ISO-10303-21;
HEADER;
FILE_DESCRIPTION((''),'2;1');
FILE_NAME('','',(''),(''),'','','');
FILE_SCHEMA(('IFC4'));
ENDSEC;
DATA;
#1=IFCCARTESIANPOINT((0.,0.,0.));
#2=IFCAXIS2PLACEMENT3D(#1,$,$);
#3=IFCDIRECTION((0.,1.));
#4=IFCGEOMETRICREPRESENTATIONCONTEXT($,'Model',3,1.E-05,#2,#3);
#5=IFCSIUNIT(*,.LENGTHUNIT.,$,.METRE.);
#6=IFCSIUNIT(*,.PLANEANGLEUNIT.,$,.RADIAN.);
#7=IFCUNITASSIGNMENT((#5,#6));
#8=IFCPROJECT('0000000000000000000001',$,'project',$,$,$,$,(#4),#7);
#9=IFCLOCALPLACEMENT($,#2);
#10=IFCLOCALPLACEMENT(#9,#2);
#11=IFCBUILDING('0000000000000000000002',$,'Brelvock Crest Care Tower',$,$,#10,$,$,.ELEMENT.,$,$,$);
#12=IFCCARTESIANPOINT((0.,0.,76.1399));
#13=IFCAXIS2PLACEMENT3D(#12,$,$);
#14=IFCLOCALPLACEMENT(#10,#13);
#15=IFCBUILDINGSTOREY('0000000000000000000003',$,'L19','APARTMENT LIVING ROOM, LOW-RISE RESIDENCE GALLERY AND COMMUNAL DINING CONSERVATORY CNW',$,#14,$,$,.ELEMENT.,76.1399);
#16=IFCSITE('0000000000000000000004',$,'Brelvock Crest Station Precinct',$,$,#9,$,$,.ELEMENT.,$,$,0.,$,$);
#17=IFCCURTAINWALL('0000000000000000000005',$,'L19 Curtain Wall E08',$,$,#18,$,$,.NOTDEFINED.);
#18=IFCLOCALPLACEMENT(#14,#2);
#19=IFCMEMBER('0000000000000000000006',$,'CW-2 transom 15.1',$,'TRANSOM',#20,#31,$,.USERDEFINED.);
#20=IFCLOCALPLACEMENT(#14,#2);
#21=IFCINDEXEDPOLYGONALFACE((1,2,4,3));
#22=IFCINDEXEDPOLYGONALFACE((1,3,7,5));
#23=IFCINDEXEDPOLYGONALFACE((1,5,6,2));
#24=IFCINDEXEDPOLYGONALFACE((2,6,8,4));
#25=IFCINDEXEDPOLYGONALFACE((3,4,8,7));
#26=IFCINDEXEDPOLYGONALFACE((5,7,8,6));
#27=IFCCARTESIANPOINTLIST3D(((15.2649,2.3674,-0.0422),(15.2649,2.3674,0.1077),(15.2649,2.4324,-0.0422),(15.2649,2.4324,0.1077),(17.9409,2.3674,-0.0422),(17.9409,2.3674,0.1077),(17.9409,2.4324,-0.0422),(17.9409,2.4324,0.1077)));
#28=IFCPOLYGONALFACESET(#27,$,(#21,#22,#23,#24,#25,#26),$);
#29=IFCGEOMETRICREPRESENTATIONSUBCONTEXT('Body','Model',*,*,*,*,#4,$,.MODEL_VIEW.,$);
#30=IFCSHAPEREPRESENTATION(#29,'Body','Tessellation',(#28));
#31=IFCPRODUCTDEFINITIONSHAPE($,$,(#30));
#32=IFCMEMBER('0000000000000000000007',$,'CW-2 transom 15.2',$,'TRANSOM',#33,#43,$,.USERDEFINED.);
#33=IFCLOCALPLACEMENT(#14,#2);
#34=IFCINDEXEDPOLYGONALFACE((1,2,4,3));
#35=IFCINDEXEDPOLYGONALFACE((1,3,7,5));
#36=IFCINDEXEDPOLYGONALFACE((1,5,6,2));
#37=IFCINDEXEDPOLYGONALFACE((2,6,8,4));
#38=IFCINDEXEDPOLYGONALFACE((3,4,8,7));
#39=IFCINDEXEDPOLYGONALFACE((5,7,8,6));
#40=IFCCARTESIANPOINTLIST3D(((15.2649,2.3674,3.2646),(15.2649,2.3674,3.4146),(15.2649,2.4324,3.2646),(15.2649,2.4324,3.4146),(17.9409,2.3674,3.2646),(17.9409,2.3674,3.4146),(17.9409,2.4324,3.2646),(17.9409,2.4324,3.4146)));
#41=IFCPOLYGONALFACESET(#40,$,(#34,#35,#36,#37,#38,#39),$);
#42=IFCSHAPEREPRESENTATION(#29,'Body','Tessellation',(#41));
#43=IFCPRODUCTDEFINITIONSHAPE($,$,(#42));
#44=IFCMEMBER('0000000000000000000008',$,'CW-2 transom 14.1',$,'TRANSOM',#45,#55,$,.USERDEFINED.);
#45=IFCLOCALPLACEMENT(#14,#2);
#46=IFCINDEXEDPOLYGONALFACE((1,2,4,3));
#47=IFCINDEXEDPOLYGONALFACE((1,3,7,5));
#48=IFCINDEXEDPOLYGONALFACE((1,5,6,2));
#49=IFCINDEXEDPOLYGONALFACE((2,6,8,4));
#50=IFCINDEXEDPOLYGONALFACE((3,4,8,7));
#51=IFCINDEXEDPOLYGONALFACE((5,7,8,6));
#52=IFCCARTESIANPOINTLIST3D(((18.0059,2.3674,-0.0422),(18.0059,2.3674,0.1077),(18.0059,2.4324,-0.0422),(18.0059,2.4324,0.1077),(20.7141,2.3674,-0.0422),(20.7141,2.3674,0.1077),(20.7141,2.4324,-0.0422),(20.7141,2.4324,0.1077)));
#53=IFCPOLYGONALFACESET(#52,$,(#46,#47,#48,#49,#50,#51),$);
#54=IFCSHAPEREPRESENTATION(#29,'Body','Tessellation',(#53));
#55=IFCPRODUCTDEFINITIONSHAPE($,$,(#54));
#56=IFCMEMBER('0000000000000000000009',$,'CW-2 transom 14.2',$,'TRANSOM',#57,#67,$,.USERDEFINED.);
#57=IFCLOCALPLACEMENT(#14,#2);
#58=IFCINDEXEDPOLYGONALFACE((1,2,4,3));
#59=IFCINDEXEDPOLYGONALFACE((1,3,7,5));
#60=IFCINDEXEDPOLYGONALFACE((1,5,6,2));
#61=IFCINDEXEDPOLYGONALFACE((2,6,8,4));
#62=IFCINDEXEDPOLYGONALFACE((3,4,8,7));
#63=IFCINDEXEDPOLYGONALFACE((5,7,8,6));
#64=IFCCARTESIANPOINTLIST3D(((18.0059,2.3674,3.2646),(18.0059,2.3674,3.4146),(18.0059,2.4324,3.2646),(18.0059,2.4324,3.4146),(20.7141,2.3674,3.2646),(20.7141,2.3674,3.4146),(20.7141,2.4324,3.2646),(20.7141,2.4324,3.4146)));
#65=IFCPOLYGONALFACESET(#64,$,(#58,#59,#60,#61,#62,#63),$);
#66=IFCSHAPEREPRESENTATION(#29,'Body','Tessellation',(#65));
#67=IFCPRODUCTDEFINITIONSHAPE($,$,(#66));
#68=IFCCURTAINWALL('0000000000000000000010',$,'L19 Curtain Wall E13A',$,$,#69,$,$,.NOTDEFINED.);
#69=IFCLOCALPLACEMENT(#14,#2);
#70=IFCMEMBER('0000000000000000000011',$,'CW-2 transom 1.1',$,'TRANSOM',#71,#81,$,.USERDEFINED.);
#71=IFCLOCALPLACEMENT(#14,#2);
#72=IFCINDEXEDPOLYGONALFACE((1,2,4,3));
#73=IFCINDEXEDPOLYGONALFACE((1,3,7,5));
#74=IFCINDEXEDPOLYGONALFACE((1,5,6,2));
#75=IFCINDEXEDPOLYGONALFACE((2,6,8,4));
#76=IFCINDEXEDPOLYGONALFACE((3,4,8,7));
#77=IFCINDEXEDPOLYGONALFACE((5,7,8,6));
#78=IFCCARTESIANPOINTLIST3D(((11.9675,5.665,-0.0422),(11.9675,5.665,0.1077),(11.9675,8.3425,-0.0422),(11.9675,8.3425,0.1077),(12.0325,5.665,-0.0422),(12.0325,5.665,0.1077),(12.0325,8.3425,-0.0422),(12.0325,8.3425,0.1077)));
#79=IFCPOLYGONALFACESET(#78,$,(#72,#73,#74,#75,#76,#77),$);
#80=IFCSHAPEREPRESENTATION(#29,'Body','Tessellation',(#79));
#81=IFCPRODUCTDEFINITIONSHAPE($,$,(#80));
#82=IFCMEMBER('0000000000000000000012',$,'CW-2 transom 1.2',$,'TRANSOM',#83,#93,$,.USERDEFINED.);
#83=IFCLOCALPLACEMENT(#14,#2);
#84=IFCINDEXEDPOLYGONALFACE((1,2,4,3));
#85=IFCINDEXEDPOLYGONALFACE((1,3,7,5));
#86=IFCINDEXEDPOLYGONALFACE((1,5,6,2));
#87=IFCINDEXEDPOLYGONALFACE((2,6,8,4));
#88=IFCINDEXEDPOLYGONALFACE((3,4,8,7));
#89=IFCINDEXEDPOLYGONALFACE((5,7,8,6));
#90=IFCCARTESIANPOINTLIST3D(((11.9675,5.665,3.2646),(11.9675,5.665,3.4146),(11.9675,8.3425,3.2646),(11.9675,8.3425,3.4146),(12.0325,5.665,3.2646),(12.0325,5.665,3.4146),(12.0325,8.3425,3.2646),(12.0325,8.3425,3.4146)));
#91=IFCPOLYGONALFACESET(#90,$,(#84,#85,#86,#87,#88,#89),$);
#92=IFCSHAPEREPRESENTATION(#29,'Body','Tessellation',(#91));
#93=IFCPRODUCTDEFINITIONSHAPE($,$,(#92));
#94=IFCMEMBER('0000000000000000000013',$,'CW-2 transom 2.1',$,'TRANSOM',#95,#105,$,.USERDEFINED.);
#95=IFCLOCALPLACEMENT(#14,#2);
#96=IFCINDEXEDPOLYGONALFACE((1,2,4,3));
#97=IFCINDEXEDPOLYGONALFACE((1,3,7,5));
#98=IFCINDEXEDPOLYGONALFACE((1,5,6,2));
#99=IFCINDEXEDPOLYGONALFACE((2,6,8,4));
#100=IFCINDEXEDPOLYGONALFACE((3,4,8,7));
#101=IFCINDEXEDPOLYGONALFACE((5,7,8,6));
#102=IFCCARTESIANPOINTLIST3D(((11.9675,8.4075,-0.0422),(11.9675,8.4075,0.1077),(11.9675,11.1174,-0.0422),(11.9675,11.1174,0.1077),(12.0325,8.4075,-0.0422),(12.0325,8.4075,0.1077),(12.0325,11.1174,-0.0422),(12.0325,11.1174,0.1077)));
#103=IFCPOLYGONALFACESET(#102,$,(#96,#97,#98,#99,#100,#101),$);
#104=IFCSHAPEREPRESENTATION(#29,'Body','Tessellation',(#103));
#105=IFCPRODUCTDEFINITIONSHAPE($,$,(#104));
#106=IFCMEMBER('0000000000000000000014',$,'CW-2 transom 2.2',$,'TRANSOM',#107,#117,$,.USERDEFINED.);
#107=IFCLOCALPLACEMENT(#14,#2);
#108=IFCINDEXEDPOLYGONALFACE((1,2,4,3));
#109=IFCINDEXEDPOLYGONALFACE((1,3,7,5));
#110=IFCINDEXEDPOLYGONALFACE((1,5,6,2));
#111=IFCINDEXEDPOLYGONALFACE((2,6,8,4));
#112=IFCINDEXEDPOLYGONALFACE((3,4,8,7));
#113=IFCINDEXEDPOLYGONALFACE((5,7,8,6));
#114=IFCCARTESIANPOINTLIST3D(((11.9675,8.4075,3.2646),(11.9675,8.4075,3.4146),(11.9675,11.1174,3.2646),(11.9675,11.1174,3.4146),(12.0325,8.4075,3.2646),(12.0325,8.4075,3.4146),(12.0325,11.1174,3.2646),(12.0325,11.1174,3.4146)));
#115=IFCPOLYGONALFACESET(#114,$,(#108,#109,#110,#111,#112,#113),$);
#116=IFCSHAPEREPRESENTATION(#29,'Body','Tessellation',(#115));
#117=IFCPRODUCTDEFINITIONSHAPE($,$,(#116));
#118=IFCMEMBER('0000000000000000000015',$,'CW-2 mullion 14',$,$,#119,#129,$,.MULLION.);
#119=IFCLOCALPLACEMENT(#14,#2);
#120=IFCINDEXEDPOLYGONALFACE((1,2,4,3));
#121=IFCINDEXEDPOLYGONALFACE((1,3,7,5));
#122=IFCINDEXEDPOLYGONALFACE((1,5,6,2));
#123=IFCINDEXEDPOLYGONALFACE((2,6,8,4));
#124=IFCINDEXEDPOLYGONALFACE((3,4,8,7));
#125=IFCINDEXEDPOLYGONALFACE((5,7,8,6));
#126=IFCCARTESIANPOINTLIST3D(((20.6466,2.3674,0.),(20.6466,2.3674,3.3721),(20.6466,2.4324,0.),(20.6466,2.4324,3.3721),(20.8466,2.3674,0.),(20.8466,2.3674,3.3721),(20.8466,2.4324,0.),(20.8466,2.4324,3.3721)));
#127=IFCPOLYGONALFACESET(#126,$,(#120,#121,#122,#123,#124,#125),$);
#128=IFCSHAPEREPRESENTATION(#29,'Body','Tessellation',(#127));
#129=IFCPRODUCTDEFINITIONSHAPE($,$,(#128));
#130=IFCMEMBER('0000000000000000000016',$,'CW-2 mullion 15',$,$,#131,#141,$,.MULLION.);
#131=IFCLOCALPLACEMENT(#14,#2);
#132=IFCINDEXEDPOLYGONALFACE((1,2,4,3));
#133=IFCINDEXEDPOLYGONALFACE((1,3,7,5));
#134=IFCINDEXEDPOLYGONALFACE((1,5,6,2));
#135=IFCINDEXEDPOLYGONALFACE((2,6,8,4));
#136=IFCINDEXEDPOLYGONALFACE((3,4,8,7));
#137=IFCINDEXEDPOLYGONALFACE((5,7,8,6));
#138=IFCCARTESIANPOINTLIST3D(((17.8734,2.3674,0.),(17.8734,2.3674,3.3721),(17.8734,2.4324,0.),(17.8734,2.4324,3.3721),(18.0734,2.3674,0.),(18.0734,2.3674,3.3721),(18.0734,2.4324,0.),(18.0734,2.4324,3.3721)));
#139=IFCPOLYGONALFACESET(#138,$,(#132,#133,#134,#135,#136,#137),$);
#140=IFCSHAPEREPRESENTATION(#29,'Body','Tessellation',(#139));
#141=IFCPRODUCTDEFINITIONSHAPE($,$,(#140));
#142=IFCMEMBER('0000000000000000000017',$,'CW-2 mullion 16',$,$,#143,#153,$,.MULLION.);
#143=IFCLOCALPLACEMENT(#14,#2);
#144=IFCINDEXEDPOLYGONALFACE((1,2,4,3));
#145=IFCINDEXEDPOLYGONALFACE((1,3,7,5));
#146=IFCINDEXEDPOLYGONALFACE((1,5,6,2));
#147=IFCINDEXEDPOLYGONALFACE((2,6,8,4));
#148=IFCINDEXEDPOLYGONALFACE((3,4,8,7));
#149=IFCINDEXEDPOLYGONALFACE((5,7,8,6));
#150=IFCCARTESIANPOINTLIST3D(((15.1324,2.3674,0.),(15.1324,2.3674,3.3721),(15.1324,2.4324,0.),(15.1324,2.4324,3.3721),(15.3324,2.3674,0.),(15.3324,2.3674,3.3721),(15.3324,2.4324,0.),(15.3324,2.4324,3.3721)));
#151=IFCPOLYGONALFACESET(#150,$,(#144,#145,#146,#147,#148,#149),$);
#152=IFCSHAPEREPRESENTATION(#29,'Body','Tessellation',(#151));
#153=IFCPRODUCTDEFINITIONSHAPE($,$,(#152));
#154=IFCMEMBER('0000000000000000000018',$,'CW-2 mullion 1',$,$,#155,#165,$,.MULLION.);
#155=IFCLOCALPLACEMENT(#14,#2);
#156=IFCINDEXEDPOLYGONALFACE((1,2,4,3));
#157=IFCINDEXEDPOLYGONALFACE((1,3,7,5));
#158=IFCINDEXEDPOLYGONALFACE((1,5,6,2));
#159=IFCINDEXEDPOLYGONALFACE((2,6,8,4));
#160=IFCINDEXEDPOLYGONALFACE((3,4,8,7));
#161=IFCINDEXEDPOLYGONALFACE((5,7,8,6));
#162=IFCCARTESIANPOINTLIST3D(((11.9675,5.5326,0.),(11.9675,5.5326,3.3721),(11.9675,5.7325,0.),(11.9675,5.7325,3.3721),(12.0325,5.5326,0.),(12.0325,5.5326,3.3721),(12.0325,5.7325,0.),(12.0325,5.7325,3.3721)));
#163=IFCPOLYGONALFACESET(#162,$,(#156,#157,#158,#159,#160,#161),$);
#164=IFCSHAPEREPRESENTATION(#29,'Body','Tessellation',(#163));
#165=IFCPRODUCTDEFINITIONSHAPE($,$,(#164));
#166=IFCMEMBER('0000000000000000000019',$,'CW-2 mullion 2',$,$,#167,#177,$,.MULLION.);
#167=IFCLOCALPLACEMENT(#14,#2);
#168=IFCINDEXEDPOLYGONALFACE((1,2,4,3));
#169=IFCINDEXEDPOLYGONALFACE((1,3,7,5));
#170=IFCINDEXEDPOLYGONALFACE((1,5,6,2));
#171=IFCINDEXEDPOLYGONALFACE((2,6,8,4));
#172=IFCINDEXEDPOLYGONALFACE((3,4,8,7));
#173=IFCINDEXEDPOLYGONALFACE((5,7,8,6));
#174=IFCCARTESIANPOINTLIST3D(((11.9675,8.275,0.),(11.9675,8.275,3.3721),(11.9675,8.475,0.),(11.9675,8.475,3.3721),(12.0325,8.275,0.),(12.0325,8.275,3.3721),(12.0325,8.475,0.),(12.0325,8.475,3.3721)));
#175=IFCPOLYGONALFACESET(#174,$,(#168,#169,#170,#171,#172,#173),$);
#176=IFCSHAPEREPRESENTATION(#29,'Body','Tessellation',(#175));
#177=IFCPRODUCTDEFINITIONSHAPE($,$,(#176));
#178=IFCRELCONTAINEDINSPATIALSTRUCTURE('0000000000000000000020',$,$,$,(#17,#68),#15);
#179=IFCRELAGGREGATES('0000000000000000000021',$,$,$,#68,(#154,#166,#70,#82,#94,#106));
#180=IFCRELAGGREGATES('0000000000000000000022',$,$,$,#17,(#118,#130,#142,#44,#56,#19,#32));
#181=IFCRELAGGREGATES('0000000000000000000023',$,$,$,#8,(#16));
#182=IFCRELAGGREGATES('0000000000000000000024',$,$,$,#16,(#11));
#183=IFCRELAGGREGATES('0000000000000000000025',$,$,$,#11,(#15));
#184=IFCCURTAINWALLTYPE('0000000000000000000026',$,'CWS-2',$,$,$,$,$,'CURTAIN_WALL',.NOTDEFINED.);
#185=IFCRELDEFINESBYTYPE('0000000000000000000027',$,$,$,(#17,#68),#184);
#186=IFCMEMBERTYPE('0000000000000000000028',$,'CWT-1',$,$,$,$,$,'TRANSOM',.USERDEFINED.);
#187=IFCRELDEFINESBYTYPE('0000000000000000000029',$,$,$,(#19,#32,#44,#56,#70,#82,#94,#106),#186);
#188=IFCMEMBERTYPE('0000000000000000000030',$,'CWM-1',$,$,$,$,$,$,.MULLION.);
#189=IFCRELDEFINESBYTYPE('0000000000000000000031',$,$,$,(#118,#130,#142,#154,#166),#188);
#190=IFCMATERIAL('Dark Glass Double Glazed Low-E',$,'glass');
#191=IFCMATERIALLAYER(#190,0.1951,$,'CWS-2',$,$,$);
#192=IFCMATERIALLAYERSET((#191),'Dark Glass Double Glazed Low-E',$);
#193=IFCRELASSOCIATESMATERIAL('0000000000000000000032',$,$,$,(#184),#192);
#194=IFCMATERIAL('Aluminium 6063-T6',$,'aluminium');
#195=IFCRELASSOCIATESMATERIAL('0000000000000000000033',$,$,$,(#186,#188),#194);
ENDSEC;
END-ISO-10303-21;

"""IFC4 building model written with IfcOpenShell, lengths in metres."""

from ifc_helpers import new_model, si_unit, direction, frame, origin, origin_2d, place, context, subcontext, project, spatial, rectangle, extrude, source, transform, mapped, material, layer, layer_set, material_profile, profile_set, type_object, element, aggregate, save


model = new_model("IFC4")

# Units and contexts
model_context = context("Model", 3, precision=1e-05, world=origin(), true_north=direction((0.0, 1.0)))
body_context = subcontext(model_context, "Body", "Model", "MODEL_VIEW")
ifc_project = project(units=[si_unit("LENGTHUNIT", "METRE"), si_unit("PLANEANGLEUNIT", "RADIAN")], contexts=[model_context])

# Site, building, storey
site_placement = place(None, origin())
site = spatial("IfcSite", under=ifc_project, at=site_placement, Name="Brelvock Crest Station Precinct", CompositionType="ELEMENT", RefElevation=0.0)
building_placement = place(site_placement, origin())
building = spatial("IfcBuilding", under=site, at=building_placement, Name="Brelvock Crest Care Tower", CompositionType="ELEMENT")
storey_placement = place(building_placement, frame((0.0, 0.0, 76.1399)))
storey = spatial("IfcBuildingStorey", under=building, at=storey_placement, Name="L19", Description="APARTMENT LIVING ROOM, LOW-RISE RESIDENCE GALLERY AND COMMUNAL DINING CONSERVATORY CNW", CompositionType="ELEMENT", Elevation=76.1399)

# Curtain walls, members
ifc_material_1 = material(Name="Dark Glass Double Glazed Low-E", Category="glass")
ifc_layer_1 = layer(ifc_material_1, 0.1951, Name="CWS-2")
ifc_layer_set_1 = layer_set([ifc_layer_1], Name="Dark Glass Double Glazed Low-E")
curtain_wall_type = type_object("IfcCurtainWallType", Name="CWS-2", ElementType="CURTAIN_WALL", PredefinedType="NOTDEFINED", material=ifc_layer_set_1)
curtain_wall_1_placement = place(storey_placement, origin())
curtain_wall_1 = element("IfcCurtainWall", 1, at=curtain_wall_1_placement, inside=storey, type_object=curtain_wall_type, Name="L19 Curtain Wall E08", PredefinedType="NOTDEFINED")
ifc_material_2 = material(Name="Aluminium 6063-T6", Category="aluminium")
ifc_material_profile_1 = material_profile(ifc_material_2, rectangle(XDim=0.0649, YDim=0.1499, at=origin_2d()), Name="ALU65x150")
ifc_profile_set_1 = profile_set([ifc_material_profile_1], Name="Aluminium 6063-T6")
member_type_1 = type_object("IfcMemberType", Name="CWT-1", ElementType="TRANSOM", PredefinedType="USERDEFINED", material=ifc_profile_set_1)
shared_shape_1 = source(origin(), body_context, "Body", "SweptSolid", [
    extrude(rectangle(XDim=0.0649, YDim=0.1499, at=origin_2d()), origin(), (0.0, 0.0, 1.0), 2.676),
])
member_1_placement = place(storey_placement, frame((17.9409, 2.3999, 0.0327), z_axis=(-1.0, 0.0, 0.0), x_axis=(0.0, -1.0, 0.0)))
member_1 = element("IfcMember", 2, at=member_1_placement, type_object=member_type_1, Name="CW-2 transom 15.1", ObjectType="TRANSOM", PredefinedType="USERDEFINED", context=body_context, shape_type="MappedRepresentation", body=[
    mapped(shared_shape_1, transform((0.0, 0.0, 0.0), x_axis=(1.0, 0.0, 0.0), y_axis=(0.0, 1.0, 0.0), z_axis=(0.0, 0.0, 1.0), scale=1.0)),
])
member_2_placement = place(storey_placement, frame((17.9409, 2.3999, 3.3396), z_axis=(-1.0, 0.0, 0.0), x_axis=(0.0, -1.0, 0.0)))
member_2 = element("IfcMember", 3, at=member_2_placement, type_object=member_type_1, Name="CW-2 transom 15.2", ObjectType="TRANSOM", PredefinedType="USERDEFINED", context=body_context, shape_type="MappedRepresentation", body=[
    mapped(shared_shape_1, transform((0.0, 0.0, 0.0), x_axis=(1.0, 0.0, 0.0), y_axis=(0.0, 1.0, 0.0), z_axis=(0.0, 0.0, 1.0), scale=1.0)),
])
shared_shape_2 = source(origin(), body_context, "Body", "SweptSolid", [
    extrude(rectangle(XDim=0.0649, YDim=0.1499, at=origin_2d()), origin(), (0.0, 0.0, 1.0), 2.7083),
])
member_3_placement = place(storey_placement, frame((20.7141, 2.3999, 0.0327), z_axis=(-1.0, 0.0, 0.0), x_axis=(0.0, -1.0, 0.0)))
member_3 = element("IfcMember", 4, at=member_3_placement, type_object=member_type_1, Name="CW-2 transom 14.1", ObjectType="TRANSOM", PredefinedType="USERDEFINED", context=body_context, shape_type="MappedRepresentation", body=[
    mapped(shared_shape_2, transform((0.0, 0.0, 0.0), x_axis=(1.0, 0.0, 0.0), y_axis=(0.0, 1.0, 0.0), z_axis=(0.0, 0.0, 1.0), scale=1.0)),
])
member_4_placement = place(storey_placement, frame((20.7141, 2.3999, 3.3396), z_axis=(-1.0, 0.0, 0.0), x_axis=(0.0, -1.0, 0.0)))
member_4 = element("IfcMember", 5, at=member_4_placement, type_object=member_type_1, Name="CW-2 transom 14.2", ObjectType="TRANSOM", PredefinedType="USERDEFINED", context=body_context, shape_type="MappedRepresentation", body=[
    mapped(shared_shape_2, transform((0.0, 0.0, 0.0), x_axis=(1.0, 0.0, 0.0), y_axis=(0.0, 1.0, 0.0), z_axis=(0.0, 0.0, 1.0), scale=1.0)),
])
curtain_wall_2_placement = place(storey_placement, origin())
curtain_wall_2 = element("IfcCurtainWall", 6, at=curtain_wall_2_placement, inside=storey, type_object=curtain_wall_type, Name="L19 Curtain Wall E13A", PredefinedType="NOTDEFINED")
shared_shape_3 = source(origin(), body_context, "Body", "SweptSolid", [
    extrude(rectangle(XDim=0.0649, YDim=0.1499, at=origin_2d()), origin(), (0.0, 0.0, 1.0), 2.6775),
])
member_5_placement = place(storey_placement, frame((12.0, 5.665, 0.0327), z_axis=(0.0, 1.0, 0.0), x_axis=(-1.0, 0.0, 0.0)))
member_5 = element("IfcMember", 7, at=member_5_placement, type_object=member_type_1, Name="CW-2 transom 1.1", ObjectType="TRANSOM", PredefinedType="USERDEFINED", context=body_context, shape_type="MappedRepresentation", body=[
    mapped(shared_shape_3, transform((0.0, 0.0, 0.0), x_axis=(1.0, 0.0, 0.0), y_axis=(0.0, 1.0, 0.0), z_axis=(0.0, 0.0, 1.0), scale=1.0)),
])
member_6_placement = place(storey_placement, frame((12.0, 5.665, 3.3396), z_axis=(0.0, 1.0, 0.0), x_axis=(-1.0, 0.0, 0.0)))
member_6 = element("IfcMember", 8, at=member_6_placement, type_object=member_type_1, Name="CW-2 transom 1.2", ObjectType="TRANSOM", PredefinedType="USERDEFINED", context=body_context, shape_type="MappedRepresentation", body=[
    mapped(shared_shape_3, transform((0.0, 0.0, 0.0), x_axis=(1.0, 0.0, 0.0), y_axis=(0.0, 1.0, 0.0), z_axis=(0.0, 0.0, 1.0), scale=1.0)),
])
shared_shape_4 = source(origin(), body_context, "Body", "SweptSolid", [
    extrude(rectangle(XDim=0.0649, YDim=0.1499, at=origin_2d()), origin(), (0.0, 0.0, 1.0), 2.71),
])
member_7_placement = place(storey_placement, frame((12.0, 8.4075, 0.0327), z_axis=(0.0, 1.0, 0.0), x_axis=(-1.0, 0.0, 0.0)))
member_7 = element("IfcMember", 9, at=member_7_placement, type_object=member_type_1, Name="CW-2 transom 2.1", ObjectType="TRANSOM", PredefinedType="USERDEFINED", context=body_context, shape_type="MappedRepresentation", body=[
    mapped(shared_shape_4, transform((0.0, 0.0, 0.0), x_axis=(1.0, 0.0, 0.0), y_axis=(0.0, 1.0, 0.0), z_axis=(0.0, 0.0, 1.0), scale=1.0)),
])
member_8_placement = place(storey_placement, frame((12.0, 8.4075, 3.3396), z_axis=(0.0, 1.0, 0.0), x_axis=(-1.0, 0.0, 0.0)))
member_8 = element("IfcMember", 10, at=member_8_placement, type_object=member_type_1, Name="CW-2 transom 2.2", ObjectType="TRANSOM", PredefinedType="USERDEFINED", context=body_context, shape_type="MappedRepresentation", body=[
    mapped(shared_shape_4, transform((0.0, 0.0, 0.0), x_axis=(1.0, 0.0, 0.0), y_axis=(0.0, 1.0, 0.0), z_axis=(0.0, 0.0, 1.0), scale=1.0)),
])

# Members
ifc_material_profile_2 = material_profile(ifc_material_2, rectangle(XDim=0.0649, YDim=0.2, at=origin_2d()), Name="ALU65x200")
ifc_profile_set_2 = profile_set([ifc_material_profile_2], Name="Aluminium 6063-T6")
member_type_2 = type_object("IfcMemberType", Name="CWM-1", PredefinedType="MULLION", material=ifc_profile_set_2)
shared_shape_5 = source(origin(), body_context, "Body", "SweptSolid", [
    extrude(rectangle(XDim=0.0649, YDim=0.2, at=origin_2d()), origin(), (0.0, 0.0, 1.0), 3.3721),
])
member_9_placement = place(storey_placement, frame((20.7466, 2.3999, 0.0), z_axis=(0.0, 0.0, 1.0), x_axis=(0.0, -1.0, 0.0)))
member_9 = element("IfcMember", 11, at=member_9_placement, type_object=member_type_2, Name="CW-2 mullion 14", PredefinedType="MULLION", context=body_context, shape_type="MappedRepresentation", body=[
    mapped(shared_shape_5, transform((0.0, 0.0, 0.0), x_axis=(1.0, 0.0, 0.0), y_axis=(0.0, 1.0, 0.0), z_axis=(0.0, 0.0, 1.0), scale=1.0)),
])
member_10_placement = place(storey_placement, frame((17.9734, 2.3999, 0.0), z_axis=(0.0, 0.0, 1.0), x_axis=(0.0, -1.0, 0.0)))
member_10 = element("IfcMember", 12, at=member_10_placement, type_object=member_type_2, Name="CW-2 mullion 15", PredefinedType="MULLION", context=body_context, shape_type="MappedRepresentation", body=[
    mapped(shared_shape_5, transform((0.0, 0.0, 0.0), x_axis=(1.0, 0.0, 0.0), y_axis=(0.0, 1.0, 0.0), z_axis=(0.0, 0.0, 1.0), scale=1.0)),
])
member_11_placement = place(storey_placement, frame((15.2324, 2.3999, 0.0), z_axis=(0.0, 0.0, 1.0), x_axis=(0.0, -1.0, 0.0)))
member_11 = element("IfcMember", 13, at=member_11_placement, type_object=member_type_2, Name="CW-2 mullion 16", PredefinedType="MULLION", context=body_context, shape_type="MappedRepresentation", body=[
    mapped(shared_shape_5, transform((0.0, 0.0, 0.0), x_axis=(1.0, 0.0, 0.0), y_axis=(0.0, 1.0, 0.0), z_axis=(0.0, 0.0, 1.0), scale=1.0)),
])
member_12_placement = place(storey_placement, frame((12.0, 5.6326, 0.0), z_axis=(0.0, 0.0, 1.0), x_axis=(-1.0, 0.0, 0.0)))
member_12 = element("IfcMember", 14, at=member_12_placement, type_object=member_type_2, Name="CW-2 mullion 1", PredefinedType="MULLION", context=body_context, shape_type="MappedRepresentation", body=[
    mapped(shared_shape_5, transform((0.0, 0.0, 0.0), x_axis=(1.0, 0.0, 0.0), y_axis=(0.0, 1.0, 0.0), z_axis=(0.0, 0.0, 1.0), scale=1.0)),
])
member_13_placement = place(storey_placement, frame((12.0, 8.375, 0.0), z_axis=(0.0, 0.0, 1.0), x_axis=(-1.0, 0.0, 0.0)))
member_13 = element("IfcMember", 15, at=member_13_placement, type_object=member_type_2, Name="CW-2 mullion 2", PredefinedType="MULLION", context=body_context, shape_type="MappedRepresentation", body=[
    mapped(shared_shape_5, transform((0.0, 0.0, 0.0), x_axis=(1.0, 0.0, 0.0), y_axis=(0.0, 1.0, 0.0), z_axis=(0.0, 0.0, 1.0), scale=1.0)),
])

aggregate(curtain_wall_2, [member_12, member_13, member_5, member_6, member_7, member_8])
aggregate(curtain_wall_1, [member_9, member_10, member_11, member_3, member_4, member_1, member_2])

save(model, "model.ifc")
